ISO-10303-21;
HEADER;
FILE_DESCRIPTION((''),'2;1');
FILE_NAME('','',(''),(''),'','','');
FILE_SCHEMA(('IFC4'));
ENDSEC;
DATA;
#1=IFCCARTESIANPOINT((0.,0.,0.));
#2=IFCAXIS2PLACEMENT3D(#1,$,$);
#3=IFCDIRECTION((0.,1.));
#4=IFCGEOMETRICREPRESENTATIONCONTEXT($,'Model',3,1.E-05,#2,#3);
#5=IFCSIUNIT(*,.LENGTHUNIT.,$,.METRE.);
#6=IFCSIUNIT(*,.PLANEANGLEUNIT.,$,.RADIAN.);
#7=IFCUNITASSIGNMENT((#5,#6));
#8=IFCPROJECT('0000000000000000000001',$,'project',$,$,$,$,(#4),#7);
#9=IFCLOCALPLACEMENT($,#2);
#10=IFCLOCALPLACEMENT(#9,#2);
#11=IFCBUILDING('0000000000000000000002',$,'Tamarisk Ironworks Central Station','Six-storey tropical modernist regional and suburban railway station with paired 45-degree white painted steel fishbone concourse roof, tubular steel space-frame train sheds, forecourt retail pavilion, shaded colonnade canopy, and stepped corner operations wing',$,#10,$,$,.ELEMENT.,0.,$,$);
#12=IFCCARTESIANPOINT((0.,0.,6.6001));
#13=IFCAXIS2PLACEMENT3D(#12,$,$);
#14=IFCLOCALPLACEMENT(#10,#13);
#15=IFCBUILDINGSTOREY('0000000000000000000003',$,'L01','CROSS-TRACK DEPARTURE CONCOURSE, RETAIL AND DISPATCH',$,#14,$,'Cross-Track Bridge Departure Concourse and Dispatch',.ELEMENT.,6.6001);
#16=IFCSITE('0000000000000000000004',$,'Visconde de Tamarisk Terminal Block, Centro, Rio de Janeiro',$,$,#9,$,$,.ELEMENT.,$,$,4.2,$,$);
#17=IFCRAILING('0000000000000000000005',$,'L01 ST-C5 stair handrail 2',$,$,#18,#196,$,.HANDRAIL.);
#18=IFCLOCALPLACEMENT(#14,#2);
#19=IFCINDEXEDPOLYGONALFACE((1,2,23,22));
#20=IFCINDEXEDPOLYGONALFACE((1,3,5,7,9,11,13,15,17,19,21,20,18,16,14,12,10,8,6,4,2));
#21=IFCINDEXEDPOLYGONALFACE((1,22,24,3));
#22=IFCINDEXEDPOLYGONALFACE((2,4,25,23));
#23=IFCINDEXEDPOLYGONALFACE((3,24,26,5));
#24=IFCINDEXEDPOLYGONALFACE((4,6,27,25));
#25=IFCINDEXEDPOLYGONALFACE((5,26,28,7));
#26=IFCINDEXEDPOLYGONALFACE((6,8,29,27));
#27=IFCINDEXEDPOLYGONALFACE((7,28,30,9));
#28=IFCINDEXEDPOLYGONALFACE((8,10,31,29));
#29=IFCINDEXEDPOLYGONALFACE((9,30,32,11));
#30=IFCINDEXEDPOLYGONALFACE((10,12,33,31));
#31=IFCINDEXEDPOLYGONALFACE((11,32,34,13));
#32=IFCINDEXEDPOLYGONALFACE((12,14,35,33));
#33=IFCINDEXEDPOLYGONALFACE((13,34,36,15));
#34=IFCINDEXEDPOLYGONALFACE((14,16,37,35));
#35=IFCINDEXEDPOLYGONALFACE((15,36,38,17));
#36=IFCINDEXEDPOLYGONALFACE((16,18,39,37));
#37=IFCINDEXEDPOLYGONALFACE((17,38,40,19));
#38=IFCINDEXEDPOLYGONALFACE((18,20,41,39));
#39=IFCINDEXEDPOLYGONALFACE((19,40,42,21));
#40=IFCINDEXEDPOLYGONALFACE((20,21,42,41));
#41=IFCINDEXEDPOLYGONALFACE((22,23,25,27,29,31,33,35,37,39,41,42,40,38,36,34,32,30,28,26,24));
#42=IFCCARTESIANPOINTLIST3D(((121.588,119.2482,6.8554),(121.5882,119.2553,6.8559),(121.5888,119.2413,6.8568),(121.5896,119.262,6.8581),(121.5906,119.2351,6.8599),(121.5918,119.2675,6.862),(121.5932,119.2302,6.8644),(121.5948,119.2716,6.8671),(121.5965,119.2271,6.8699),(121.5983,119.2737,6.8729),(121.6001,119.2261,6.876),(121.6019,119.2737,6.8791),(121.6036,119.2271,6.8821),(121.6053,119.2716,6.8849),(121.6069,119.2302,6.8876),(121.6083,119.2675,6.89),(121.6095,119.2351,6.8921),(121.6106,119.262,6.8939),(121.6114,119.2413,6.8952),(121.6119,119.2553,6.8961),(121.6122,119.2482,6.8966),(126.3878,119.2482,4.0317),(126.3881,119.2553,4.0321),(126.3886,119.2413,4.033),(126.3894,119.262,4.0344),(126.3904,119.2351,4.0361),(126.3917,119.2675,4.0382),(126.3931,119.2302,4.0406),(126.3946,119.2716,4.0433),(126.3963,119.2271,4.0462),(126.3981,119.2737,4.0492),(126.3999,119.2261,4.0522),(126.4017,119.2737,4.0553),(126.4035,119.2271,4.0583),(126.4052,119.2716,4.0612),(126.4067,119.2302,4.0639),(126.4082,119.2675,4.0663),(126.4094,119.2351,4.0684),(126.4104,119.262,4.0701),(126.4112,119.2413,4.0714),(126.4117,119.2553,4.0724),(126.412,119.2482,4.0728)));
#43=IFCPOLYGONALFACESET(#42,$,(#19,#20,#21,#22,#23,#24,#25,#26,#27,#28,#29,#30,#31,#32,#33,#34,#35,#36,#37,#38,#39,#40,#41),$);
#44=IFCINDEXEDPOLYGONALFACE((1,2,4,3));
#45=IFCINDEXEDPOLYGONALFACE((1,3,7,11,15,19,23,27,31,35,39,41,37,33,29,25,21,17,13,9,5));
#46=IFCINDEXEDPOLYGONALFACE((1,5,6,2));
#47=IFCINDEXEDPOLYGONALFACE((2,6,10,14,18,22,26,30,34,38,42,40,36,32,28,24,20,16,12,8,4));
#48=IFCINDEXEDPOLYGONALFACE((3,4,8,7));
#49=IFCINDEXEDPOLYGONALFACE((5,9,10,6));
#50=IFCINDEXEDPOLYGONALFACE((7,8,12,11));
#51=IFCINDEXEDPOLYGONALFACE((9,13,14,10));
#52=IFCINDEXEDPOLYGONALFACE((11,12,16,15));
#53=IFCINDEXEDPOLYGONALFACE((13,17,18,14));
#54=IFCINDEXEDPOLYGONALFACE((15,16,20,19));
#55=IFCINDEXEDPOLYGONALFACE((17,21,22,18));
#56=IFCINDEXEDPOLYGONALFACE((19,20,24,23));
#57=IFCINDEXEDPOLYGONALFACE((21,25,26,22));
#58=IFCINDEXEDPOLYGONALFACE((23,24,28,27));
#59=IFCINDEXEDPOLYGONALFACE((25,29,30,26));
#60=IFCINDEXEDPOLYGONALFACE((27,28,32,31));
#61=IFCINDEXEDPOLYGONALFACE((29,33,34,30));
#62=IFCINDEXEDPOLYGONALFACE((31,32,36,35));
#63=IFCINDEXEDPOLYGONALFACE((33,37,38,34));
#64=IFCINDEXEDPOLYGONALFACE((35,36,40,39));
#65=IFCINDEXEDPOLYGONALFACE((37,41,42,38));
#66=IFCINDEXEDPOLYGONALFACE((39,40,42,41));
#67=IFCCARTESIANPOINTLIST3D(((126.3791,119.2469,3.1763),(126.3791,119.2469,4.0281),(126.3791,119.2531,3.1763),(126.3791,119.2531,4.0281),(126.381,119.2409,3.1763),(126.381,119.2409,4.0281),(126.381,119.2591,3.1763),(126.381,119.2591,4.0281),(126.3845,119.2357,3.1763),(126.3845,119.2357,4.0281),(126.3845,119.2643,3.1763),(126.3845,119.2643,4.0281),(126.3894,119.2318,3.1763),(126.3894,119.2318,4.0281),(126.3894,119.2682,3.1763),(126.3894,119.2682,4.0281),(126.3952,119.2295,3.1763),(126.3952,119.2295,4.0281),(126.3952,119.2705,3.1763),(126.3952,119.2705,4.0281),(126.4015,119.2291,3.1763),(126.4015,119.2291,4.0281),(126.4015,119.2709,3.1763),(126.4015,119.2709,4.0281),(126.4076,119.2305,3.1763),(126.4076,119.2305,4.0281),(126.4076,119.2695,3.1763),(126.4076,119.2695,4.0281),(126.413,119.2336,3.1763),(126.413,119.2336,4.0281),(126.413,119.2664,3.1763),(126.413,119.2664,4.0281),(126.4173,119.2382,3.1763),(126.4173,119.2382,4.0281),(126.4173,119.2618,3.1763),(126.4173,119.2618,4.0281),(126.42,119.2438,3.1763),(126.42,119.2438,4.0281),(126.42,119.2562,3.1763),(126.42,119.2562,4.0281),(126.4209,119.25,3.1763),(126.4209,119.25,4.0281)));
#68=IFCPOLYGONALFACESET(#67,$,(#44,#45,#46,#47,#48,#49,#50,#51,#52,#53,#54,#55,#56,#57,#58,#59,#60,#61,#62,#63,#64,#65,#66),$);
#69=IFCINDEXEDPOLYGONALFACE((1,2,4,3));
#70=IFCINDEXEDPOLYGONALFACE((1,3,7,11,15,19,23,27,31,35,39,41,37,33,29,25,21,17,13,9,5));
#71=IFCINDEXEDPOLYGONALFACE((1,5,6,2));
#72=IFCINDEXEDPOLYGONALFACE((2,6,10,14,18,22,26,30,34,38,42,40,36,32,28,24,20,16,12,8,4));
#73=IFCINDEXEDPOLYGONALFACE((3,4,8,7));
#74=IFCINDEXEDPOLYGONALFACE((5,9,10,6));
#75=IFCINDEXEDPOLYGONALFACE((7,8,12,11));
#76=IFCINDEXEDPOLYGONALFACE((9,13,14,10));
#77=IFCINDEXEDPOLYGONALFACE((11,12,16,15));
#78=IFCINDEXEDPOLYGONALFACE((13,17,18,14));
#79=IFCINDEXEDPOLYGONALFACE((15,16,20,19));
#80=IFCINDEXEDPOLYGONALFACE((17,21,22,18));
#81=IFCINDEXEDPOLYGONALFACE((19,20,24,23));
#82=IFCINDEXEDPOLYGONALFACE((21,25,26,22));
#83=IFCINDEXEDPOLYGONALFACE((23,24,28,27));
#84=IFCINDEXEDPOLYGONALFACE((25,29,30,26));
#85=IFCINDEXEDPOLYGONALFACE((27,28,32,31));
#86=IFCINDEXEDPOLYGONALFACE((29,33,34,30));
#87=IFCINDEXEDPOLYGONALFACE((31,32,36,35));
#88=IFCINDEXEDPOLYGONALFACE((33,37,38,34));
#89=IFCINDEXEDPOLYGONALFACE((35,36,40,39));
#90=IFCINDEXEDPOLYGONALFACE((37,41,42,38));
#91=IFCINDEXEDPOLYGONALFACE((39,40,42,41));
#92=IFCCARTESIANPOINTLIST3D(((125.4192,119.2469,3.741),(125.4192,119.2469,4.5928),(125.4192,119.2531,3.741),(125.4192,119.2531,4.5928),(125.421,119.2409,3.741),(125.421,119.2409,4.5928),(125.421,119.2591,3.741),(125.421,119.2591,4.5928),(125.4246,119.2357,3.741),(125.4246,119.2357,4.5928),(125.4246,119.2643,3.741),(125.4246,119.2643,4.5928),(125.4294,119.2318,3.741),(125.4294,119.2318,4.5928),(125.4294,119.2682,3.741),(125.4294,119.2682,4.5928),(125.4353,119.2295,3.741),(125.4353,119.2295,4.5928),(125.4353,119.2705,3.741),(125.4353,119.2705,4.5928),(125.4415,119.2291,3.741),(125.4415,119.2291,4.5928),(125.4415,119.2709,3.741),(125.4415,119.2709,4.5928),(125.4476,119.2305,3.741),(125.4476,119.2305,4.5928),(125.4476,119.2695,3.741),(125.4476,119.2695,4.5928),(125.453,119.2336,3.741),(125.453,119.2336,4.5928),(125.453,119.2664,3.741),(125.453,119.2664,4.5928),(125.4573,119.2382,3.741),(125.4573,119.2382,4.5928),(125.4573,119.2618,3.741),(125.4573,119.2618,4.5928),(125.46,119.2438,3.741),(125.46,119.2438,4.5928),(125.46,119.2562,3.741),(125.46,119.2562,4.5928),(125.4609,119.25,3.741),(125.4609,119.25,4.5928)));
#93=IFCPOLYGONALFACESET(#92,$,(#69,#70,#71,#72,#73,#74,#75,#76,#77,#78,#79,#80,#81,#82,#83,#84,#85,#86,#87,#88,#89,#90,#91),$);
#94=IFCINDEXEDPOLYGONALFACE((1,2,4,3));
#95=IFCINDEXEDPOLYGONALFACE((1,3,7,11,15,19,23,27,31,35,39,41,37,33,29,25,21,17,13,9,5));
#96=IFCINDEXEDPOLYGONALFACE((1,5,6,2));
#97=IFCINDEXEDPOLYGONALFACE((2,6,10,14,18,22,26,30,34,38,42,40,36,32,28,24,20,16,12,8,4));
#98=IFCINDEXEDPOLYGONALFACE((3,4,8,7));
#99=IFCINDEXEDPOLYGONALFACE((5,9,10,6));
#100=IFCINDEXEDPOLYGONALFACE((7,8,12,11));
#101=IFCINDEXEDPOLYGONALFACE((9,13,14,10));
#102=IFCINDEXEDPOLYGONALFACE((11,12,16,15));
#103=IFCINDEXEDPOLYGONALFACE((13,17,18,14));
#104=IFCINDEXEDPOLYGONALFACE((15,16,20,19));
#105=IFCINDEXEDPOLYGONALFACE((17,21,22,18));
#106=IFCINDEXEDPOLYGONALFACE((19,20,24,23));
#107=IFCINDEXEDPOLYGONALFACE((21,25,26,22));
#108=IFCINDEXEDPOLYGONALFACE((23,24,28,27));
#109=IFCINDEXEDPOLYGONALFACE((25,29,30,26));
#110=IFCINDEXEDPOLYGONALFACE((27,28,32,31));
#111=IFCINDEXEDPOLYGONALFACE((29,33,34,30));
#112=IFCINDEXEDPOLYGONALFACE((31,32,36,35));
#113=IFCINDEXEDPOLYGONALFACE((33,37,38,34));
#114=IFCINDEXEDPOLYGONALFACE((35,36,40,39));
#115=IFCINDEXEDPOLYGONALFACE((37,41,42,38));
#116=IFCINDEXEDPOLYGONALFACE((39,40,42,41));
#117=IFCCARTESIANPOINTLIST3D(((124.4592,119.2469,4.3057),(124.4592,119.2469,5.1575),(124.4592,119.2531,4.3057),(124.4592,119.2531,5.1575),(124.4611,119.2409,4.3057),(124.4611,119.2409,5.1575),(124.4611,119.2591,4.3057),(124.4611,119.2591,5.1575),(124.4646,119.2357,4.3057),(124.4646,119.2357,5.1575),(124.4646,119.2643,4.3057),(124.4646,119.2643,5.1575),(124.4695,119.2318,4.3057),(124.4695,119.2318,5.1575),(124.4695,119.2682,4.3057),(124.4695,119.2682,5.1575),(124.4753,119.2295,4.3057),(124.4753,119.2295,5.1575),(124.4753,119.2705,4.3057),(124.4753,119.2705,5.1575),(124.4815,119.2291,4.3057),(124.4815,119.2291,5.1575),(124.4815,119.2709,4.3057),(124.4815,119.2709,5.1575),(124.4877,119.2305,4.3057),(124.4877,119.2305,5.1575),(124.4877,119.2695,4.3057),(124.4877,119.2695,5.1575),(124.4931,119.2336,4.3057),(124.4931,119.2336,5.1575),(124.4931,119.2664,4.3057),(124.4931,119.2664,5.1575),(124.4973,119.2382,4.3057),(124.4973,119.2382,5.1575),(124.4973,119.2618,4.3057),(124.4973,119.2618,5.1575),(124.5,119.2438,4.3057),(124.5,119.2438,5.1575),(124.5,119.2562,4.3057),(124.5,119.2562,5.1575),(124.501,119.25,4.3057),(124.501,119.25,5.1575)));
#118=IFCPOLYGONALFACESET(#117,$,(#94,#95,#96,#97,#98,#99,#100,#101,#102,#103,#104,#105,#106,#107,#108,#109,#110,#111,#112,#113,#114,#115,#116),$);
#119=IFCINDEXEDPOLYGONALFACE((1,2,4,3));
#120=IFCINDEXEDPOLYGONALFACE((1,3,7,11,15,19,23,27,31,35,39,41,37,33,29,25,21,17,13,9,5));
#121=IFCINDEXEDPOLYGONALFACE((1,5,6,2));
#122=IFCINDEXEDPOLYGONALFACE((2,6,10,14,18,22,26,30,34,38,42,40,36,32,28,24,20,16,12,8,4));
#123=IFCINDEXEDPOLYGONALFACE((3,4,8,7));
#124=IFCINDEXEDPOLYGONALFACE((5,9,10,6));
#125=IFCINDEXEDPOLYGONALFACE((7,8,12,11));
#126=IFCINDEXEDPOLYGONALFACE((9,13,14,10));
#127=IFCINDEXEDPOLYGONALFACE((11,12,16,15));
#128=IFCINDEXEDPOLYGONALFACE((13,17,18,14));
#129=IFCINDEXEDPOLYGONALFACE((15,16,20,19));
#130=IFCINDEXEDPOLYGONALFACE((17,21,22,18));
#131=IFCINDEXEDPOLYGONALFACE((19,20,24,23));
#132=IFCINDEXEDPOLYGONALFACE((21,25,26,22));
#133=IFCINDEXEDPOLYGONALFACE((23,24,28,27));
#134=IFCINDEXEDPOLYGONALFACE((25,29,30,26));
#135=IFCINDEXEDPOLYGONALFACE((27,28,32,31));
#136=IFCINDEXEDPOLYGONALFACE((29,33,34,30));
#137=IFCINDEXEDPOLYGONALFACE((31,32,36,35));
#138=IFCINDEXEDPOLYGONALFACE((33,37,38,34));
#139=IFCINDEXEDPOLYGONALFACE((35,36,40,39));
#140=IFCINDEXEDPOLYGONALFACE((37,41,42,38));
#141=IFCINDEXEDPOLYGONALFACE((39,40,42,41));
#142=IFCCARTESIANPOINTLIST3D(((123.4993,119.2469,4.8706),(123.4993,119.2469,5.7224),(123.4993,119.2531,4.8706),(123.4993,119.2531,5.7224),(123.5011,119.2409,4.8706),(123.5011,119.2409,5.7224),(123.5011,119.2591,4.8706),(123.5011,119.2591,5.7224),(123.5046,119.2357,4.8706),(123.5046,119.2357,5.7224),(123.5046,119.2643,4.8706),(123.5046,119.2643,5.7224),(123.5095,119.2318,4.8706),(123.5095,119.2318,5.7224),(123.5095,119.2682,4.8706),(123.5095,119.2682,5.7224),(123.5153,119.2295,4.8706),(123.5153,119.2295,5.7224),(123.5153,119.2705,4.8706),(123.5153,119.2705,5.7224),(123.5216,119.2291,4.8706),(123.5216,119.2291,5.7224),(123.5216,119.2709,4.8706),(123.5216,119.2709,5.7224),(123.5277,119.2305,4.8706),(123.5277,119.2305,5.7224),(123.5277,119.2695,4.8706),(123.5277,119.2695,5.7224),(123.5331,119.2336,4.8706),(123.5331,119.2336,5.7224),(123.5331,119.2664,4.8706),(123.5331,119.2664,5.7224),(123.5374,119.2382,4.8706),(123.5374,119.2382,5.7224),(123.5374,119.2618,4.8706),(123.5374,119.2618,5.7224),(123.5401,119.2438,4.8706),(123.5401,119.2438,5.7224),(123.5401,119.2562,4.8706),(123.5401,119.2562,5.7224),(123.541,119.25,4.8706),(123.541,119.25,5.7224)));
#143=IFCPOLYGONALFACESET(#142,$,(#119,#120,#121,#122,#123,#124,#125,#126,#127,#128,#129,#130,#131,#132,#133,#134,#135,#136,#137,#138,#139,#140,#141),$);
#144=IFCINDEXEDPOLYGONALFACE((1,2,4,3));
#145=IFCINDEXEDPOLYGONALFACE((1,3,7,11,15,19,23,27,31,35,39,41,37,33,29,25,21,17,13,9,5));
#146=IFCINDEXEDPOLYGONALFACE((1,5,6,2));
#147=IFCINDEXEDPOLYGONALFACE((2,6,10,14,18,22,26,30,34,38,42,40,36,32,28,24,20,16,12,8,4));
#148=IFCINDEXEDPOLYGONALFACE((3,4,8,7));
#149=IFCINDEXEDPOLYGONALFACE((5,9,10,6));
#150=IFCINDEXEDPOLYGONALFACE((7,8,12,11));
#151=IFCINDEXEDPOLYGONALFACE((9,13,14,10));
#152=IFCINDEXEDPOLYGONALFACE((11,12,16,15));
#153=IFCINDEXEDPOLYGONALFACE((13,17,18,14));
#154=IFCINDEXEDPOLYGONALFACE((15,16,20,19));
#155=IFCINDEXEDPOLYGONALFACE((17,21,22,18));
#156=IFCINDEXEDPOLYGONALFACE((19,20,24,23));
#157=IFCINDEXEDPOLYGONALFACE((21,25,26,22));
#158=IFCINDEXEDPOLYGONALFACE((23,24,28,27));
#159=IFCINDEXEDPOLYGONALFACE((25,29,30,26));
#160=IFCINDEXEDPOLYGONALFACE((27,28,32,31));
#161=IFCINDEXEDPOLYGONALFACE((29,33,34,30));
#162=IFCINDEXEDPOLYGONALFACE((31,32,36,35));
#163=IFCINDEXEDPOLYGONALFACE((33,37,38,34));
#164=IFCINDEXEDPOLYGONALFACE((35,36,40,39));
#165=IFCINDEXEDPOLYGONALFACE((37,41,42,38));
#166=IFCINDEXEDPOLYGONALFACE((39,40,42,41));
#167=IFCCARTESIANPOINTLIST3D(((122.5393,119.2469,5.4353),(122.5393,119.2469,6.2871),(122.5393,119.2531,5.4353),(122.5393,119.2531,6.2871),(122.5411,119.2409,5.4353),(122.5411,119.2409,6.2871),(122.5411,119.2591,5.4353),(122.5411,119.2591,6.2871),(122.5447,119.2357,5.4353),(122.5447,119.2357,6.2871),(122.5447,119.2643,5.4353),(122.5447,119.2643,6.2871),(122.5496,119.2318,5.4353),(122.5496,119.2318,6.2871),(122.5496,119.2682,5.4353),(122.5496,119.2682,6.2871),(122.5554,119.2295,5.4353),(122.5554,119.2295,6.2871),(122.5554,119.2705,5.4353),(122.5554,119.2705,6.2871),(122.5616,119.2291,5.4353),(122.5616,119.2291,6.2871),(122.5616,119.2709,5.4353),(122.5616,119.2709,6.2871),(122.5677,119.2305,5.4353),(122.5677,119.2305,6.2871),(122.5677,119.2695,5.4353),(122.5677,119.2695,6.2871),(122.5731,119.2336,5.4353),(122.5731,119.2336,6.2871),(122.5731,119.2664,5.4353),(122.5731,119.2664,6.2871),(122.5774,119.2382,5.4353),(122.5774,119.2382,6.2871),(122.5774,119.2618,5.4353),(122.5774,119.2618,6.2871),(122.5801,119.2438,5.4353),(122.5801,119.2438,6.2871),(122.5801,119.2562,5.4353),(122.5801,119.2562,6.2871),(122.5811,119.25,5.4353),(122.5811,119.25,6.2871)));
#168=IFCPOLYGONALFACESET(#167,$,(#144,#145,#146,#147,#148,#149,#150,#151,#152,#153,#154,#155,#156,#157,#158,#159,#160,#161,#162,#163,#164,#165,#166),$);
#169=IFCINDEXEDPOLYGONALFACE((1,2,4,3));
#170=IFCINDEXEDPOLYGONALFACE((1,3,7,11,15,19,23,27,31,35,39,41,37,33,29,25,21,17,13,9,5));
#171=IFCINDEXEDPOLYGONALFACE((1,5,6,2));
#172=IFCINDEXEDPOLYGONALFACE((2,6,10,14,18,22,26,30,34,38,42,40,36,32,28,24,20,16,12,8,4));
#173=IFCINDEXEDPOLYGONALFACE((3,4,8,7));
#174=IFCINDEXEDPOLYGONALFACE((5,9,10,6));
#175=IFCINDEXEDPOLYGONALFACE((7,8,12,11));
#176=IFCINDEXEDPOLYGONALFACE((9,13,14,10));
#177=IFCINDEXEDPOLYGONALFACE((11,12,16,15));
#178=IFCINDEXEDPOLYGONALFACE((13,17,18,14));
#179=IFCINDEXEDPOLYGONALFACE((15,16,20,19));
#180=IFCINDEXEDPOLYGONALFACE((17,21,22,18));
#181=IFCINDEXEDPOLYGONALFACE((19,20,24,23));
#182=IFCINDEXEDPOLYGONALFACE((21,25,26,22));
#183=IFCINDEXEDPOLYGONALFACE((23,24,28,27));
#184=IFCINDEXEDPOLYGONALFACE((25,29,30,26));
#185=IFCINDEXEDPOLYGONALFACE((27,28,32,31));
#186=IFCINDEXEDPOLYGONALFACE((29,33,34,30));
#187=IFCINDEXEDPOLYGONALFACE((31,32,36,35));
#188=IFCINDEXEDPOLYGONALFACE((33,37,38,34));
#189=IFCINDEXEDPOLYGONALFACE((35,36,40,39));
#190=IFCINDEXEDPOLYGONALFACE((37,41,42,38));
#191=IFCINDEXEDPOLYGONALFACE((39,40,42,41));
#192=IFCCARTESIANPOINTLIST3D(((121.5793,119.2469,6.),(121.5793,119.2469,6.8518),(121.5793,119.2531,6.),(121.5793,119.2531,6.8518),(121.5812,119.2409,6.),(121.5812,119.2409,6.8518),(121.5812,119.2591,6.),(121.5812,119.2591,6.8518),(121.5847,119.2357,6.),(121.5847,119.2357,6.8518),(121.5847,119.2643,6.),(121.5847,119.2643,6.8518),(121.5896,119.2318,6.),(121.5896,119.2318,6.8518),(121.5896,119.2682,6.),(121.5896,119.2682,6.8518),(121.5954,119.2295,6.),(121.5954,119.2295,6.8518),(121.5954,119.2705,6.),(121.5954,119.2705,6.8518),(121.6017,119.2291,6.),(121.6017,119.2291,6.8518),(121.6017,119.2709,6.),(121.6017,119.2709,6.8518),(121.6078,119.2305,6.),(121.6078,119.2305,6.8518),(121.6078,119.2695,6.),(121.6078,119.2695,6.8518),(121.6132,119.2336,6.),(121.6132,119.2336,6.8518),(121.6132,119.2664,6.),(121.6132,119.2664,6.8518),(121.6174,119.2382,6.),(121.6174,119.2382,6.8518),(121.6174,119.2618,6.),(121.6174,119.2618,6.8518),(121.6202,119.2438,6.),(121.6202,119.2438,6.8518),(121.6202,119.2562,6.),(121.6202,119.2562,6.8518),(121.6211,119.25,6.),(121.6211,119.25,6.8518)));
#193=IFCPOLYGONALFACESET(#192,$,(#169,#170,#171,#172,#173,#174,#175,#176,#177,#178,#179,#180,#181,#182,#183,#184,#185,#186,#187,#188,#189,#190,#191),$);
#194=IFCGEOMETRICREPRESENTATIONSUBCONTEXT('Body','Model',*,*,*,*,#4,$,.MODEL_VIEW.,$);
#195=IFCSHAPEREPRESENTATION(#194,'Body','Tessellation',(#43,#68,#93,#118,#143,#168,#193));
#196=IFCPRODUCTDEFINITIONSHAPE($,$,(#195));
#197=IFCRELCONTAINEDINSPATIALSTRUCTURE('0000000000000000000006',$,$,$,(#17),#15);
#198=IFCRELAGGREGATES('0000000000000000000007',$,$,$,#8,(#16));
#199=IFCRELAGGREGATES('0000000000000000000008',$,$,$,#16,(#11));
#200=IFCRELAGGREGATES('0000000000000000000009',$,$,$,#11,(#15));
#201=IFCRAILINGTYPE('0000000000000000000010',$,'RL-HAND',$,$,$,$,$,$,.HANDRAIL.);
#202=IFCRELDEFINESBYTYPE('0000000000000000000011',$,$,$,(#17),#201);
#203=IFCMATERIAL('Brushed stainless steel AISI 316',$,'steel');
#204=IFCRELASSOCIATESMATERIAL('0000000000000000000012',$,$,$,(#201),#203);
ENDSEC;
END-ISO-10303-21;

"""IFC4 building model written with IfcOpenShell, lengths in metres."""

from ifc_helpers import new_model, si_unit, direction, frame, origin, origin_2d, place, context, subcontext, project, spatial, circle, extrude, material, type_object, element, save


model = new_model("IFC4")

# Units and contexts
model_context = context("Model", 3, precision=1e-05, world=origin(), true_north=direction((0.0, 1.0)))
body_context = subcontext(model_context, "Body", "Model", "MODEL_VIEW")
ifc_project = project(units=[si_unit("LENGTHUNIT", "METRE"), si_unit("PLANEANGLEUNIT", "RADIAN")], contexts=[model_context])

# Site, building, storey
site_placement = place(None, origin())
site = spatial("IfcSite", under=ifc_project, at=site_placement, Name="Visconde de Tamarisk Terminal Block, Centro, Rio de Janeiro", CompositionType="ELEMENT", RefElevation=4.2)
building_placement = place(site_placement, origin())
building = spatial("IfcBuilding", under=site, at=building_placement, Name="Tamarisk Ironworks Central Station", Description="Six-storey tropical modernist regional and suburban railway station with paired 45-degree white painted steel fishbone concourse roof, tubular steel space-frame train sheds, forecourt retail pavilion, shaded colonnade canopy, and stepped corner operations wing", CompositionType="ELEMENT", ElevationOfRefHeight=0.0)
storey_placement = place(building_placement, frame((0.0, 0.0, 6.6001)))
storey = spatial("IfcBuildingStorey", under=building, at=storey_placement, Name="L01", Description="CROSS-TRACK DEPARTURE CONCOURSE, RETAIL AND DISPATCH", LongName="Cross-Track Bridge Departure Concourse and Dispatch", CompositionType="ELEMENT", Elevation=6.6001)

# Railing
ifc_material_1 = material(Name="Brushed stainless steel AISI 316", Category="steel")
railing_type_1 = type_object("IfcRailingType", Name="RL-HAND", PredefinedType="HANDRAIL", material=ifc_material_1)
railing_1_placement = place(storey_placement, frame((126.3999, 119.25, 3.1763)))
element("IfcRailing", 1, at=railing_1_placement, inside=storey, type_object=railing_type_1, Name="L01 ST-C5 stair handrail 2", PredefinedType="HANDRAIL", context=body_context, shape_type="SweptSolid", body=[
    extrude(circle(Radius=0.0239, at=origin_2d()), frame((0.0, 0.0, 0.876), z_axis=(-0.861909, 0.0, 0.507062), x_axis=(0.0, -1.0, 0.0)), (0.0, 0.0, 1.0), 5.5688),
    extrude(circle(Radius=0.021, at=origin_2d()), origin(), (0.0, 0.0, 1.0), 0.8518),
    extrude(circle(Radius=0.021, at=origin_2d()), frame((-0.96, 0.0, 0.5647)), (0.0, 0.0, 1.0), 0.8518),
    extrude(circle(Radius=0.021, at=origin_2d()), frame((-1.9199, 0.0, 1.1294)), (0.0, 0.0, 1.0), 0.8518),
    extrude(circle(Radius=0.021, at=origin_2d()), frame((-2.8799, 0.0, 1.6943)), (0.0, 0.0, 1.0), 0.8518),
    extrude(circle(Radius=0.021, at=origin_2d()), frame((-3.8398, 0.0, 2.259)), (0.0, 0.0, 1.0), 0.8518),
    extrude(circle(Radius=0.021, at=origin_2d()), frame((-4.7998, 0.0, 2.8237)), (0.0, 0.0, 1.0), 0.8518),
])

save(model, "model.ifc")
